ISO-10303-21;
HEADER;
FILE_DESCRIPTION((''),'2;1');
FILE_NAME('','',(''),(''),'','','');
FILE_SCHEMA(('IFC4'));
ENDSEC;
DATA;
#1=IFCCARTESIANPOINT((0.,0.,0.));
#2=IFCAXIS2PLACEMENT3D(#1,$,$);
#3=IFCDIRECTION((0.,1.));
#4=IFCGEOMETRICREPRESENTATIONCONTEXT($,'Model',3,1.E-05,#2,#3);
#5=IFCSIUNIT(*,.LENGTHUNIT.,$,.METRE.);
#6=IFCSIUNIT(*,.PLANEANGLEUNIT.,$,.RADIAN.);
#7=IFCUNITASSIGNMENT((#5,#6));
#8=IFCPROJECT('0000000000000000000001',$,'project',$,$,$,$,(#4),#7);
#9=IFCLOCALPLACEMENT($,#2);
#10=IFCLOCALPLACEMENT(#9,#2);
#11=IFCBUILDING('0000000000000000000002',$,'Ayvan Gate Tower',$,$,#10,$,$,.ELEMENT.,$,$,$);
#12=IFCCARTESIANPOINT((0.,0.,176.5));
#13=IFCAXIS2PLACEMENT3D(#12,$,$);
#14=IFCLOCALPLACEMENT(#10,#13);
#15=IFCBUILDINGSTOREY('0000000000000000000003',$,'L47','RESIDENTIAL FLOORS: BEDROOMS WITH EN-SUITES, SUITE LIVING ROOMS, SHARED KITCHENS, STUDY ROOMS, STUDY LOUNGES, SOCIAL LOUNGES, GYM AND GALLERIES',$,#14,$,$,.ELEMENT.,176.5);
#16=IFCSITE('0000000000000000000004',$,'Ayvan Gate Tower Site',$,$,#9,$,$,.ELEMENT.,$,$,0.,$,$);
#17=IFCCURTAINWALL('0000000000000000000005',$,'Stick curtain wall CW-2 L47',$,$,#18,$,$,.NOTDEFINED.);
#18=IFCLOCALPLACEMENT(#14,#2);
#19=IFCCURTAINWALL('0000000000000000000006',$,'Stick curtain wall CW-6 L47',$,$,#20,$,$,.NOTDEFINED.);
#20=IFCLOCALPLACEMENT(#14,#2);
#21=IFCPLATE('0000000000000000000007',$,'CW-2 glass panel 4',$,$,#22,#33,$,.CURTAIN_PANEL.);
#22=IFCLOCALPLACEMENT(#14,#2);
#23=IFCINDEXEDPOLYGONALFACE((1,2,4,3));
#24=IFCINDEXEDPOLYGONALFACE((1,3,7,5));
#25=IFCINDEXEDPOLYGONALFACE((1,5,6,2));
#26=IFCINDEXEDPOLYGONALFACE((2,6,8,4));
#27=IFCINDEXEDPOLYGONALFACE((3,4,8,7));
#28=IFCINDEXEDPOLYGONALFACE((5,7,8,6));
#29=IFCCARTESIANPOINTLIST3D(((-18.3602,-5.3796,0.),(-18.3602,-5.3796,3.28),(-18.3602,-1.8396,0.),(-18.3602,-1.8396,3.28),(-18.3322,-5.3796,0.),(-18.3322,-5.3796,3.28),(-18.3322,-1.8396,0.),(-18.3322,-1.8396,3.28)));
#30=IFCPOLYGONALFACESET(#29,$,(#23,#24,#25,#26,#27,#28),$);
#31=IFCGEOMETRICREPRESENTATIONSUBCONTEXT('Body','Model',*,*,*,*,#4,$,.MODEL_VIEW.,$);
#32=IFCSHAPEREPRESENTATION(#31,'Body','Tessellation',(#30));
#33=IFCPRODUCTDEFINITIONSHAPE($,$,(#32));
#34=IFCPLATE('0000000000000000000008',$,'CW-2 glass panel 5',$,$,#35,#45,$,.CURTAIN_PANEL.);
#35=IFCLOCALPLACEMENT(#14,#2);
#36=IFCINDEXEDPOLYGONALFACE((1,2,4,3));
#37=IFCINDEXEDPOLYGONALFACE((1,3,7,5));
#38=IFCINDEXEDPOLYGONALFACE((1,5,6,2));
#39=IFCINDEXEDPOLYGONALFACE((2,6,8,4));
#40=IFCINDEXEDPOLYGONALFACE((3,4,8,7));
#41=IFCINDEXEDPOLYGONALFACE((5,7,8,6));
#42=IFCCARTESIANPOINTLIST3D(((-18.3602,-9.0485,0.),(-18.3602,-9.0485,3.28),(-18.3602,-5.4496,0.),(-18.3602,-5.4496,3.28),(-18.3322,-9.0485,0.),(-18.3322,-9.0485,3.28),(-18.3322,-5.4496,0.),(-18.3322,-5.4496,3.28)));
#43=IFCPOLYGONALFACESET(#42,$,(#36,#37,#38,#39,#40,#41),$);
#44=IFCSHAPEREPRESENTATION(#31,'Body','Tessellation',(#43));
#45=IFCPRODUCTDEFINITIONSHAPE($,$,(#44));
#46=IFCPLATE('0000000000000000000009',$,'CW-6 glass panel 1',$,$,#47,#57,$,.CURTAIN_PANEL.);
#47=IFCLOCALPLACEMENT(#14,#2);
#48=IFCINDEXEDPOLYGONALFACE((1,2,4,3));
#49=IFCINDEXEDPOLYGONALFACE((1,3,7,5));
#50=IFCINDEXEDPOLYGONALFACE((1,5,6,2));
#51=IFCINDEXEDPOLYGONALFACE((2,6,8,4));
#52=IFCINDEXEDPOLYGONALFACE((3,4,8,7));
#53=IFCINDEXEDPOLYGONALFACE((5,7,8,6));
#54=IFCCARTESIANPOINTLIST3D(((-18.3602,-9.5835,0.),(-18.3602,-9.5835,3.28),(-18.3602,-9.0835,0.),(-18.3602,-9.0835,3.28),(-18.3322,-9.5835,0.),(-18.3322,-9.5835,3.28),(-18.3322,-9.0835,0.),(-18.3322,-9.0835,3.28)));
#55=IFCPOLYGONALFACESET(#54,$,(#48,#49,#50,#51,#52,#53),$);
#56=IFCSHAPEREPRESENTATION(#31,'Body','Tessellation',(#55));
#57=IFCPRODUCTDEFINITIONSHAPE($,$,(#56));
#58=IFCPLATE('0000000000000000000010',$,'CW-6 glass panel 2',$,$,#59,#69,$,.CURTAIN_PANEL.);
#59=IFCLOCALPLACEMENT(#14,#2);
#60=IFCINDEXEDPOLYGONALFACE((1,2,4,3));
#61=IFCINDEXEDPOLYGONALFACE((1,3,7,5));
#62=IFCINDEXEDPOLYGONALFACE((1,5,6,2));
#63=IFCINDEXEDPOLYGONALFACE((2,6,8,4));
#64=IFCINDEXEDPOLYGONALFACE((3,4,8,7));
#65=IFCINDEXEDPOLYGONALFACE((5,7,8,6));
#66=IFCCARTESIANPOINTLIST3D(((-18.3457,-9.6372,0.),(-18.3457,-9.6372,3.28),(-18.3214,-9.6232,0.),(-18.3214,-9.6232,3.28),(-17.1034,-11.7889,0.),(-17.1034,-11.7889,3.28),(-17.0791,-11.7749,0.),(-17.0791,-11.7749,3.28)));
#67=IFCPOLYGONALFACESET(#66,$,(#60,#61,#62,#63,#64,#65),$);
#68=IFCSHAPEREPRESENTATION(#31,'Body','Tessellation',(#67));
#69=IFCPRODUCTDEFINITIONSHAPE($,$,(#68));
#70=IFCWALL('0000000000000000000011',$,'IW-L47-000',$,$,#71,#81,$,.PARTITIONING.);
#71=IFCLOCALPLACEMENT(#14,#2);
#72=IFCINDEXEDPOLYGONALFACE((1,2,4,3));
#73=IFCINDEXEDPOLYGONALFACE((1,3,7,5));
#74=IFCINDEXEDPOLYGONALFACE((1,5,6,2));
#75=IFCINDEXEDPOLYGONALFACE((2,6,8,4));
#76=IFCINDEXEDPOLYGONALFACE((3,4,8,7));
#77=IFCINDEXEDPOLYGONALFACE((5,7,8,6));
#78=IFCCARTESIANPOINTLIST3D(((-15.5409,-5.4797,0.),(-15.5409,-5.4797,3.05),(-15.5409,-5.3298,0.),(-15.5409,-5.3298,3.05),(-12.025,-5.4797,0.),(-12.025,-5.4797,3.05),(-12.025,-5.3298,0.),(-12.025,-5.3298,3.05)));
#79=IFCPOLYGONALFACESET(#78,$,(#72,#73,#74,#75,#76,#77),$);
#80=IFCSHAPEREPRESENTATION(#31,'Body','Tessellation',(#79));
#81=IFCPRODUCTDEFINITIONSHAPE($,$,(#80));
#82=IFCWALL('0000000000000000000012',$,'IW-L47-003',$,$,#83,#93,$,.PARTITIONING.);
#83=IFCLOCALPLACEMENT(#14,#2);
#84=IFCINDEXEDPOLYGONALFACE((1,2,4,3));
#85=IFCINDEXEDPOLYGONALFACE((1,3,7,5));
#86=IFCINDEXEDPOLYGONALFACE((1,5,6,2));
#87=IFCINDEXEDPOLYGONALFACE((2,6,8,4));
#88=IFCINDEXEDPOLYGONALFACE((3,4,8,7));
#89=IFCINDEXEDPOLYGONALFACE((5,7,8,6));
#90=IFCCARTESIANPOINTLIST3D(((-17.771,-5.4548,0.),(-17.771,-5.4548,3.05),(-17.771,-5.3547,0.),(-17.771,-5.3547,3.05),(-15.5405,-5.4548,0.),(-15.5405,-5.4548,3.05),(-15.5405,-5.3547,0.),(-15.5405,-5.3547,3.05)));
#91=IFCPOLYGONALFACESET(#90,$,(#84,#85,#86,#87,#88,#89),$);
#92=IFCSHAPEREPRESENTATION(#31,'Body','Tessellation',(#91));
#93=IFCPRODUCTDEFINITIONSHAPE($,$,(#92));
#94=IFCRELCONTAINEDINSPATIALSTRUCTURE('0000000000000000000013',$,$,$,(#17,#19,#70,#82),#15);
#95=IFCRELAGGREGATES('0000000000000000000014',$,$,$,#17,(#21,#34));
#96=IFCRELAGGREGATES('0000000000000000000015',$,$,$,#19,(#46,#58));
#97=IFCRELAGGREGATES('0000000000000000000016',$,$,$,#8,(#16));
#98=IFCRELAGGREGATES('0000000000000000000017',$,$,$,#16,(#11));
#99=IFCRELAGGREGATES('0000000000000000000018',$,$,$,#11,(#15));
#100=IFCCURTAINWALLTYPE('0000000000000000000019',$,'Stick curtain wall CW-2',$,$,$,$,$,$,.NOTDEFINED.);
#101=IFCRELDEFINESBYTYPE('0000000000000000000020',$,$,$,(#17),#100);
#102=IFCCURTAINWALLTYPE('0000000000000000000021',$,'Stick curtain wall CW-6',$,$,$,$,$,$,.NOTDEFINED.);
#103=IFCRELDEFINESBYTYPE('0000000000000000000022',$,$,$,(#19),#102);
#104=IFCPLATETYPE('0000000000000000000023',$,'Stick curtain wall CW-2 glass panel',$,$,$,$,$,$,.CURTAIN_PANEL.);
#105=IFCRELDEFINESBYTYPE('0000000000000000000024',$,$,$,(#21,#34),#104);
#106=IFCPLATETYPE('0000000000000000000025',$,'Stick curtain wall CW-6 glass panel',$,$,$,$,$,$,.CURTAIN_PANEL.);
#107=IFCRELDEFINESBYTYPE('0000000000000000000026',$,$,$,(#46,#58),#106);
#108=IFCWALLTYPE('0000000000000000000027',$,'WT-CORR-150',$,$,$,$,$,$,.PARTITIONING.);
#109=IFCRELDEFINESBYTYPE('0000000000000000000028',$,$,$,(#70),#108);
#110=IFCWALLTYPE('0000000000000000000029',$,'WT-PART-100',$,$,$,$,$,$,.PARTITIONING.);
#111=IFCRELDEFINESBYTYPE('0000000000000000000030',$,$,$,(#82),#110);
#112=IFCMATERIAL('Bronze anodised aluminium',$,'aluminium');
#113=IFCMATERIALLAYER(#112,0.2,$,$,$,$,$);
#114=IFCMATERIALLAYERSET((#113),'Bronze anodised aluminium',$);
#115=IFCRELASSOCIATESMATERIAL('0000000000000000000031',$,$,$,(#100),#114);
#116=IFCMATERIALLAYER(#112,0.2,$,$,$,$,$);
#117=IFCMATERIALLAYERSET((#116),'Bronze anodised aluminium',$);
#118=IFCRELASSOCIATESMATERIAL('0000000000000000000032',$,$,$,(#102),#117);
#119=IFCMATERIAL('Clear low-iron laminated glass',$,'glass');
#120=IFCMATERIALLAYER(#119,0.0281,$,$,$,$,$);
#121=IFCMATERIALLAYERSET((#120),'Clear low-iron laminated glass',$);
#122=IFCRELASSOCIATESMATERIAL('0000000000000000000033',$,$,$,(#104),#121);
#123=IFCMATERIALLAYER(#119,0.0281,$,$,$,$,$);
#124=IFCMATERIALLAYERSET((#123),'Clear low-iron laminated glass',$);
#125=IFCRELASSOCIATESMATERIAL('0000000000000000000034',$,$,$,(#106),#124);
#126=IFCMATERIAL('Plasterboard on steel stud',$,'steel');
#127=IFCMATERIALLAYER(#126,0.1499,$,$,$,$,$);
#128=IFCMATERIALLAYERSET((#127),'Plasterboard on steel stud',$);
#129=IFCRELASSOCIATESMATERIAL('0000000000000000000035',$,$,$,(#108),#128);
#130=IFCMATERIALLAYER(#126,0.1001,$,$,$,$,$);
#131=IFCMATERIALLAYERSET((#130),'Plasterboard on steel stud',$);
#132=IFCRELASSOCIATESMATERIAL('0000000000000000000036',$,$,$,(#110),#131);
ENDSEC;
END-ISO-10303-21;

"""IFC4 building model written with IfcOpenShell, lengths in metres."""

from ifc_helpers import new_model, si_unit, direction, frame, frame_2d, origin, origin_2d, place, context, subcontext, project, spatial, rectangle, extrude, material, layer, layer_set, type_object, element, aggregate, save


model = new_model("IFC4")

# Units and contexts
model_context = context("Model", 3, precision=1e-05, world=origin(), true_north=direction((0.0, 1.0)))
body_context = subcontext(model_context, "Body", "Model", "MODEL_VIEW")
ifc_project = project(units=[si_unit("LENGTHUNIT", "METRE"), si_unit("PLANEANGLEUNIT", "RADIAN")], contexts=[model_context])

# Site, building, storey
site_placement = place(None, origin())
site = spatial("IfcSite", under=ifc_project, at=site_placement, Name="Ayvan Gate Tower Site", CompositionType="ELEMENT", RefElevation=0.0)
building_placement = place(site_placement, origin())
building = spatial("IfcBuilding", under=site, at=building_placement, Name="Ayvan Gate Tower", CompositionType="ELEMENT")
storey_placement = place(building_placement, frame((0.0, 0.0, 176.5)))
storey = spatial("IfcBuildingStorey", under=building, at=storey_placement, Name="L47", Description="RESIDENTIAL FLOORS: BEDROOMS WITH EN-SUITES, SUITE LIVING ROOMS, SHARED KITCHENS, STUDY ROOMS, STUDY LOUNGES, SOCIAL LOUNGES, GYM AND GALLERIES", CompositionType="ELEMENT", Elevation=176.5)

# Curtain walls
ifc_material_1 = material(Name="Bronze anodised aluminium", Category="aluminium")
ifc_layer_1 = layer(ifc_material_1, 0.2)
ifc_layer_set_1 = layer_set([ifc_layer_1], Name="Bronze anodised aluminium")
curtain_wall_type_1 = type_object("IfcCurtainWallType", Name="Stick curtain wall CW-2", PredefinedType="NOTDEFINED", material=ifc_layer_set_1)
curtain_wall_1_placement = place(storey_placement, origin())
curtain_wall_1 = element("IfcCurtainWall", 1, at=curtain_wall_1_placement, inside=storey, type_object=curtain_wall_type_1, Name="Stick curtain wall CW-2 L47", PredefinedType="NOTDEFINED")
ifc_layer_2 = layer(ifc_material_1, 0.2)
ifc_layer_set_2 = layer_set([ifc_layer_2], Name="Bronze anodised aluminium")
curtain_wall_type_2 = type_object("IfcCurtainWallType", Name="Stick curtain wall CW-6", PredefinedType="NOTDEFINED", material=ifc_layer_set_2)
curtain_wall_2_placement = place(storey_placement, origin())
curtain_wall_2 = element("IfcCurtainWall", 2, at=curtain_wall_2_placement, inside=storey, type_object=curtain_wall_type_2, Name="Stick curtain wall CW-6 L47", PredefinedType="NOTDEFINED")

# Plates
ifc_material_2 = material(Name="Clear low-iron laminated glass", Category="glass")
ifc_layer_3 = layer(ifc_material_2, 0.0281)
ifc_layer_set_3 = layer_set([ifc_layer_3], Name="Clear low-iron laminated glass")
plate_type_1 = type_object("IfcPlateType", Name="Stick curtain wall CW-2 glass panel", PredefinedType="CURTAIN_PANEL", material=ifc_layer_set_3)
plate_1_placement = place(storey_placement, frame((-18.3462, -3.6096, 0.0), z_axis=(0.0, 0.0, 1.0), x_axis=(0.0, -1.0, 0.0)))
plate_1 = element("IfcPlate", 3, at=plate_1_placement, type_object=plate_type_1, Name="CW-2 glass panel 4", PredefinedType="CURTAIN_PANEL", context=body_context, shape_type="SweptSolid", body=[
    extrude(rectangle(XDim=3.54, YDim=0.0281, at=origin_2d()), origin(), (0.0, 0.0, 1.0), 3.28),
])
plate_2_placement = place(storey_placement, frame((-18.3462, -7.249, 0.0), z_axis=(0.0, 0.0, 1.0), x_axis=(0.0, -1.0, 0.0)))
plate_2 = element("IfcPlate", 4, at=plate_2_placement, type_object=plate_type_1, Name="CW-2 glass panel 5", PredefinedType="CURTAIN_PANEL", context=body_context, shape_type="SweptSolid", body=[
    extrude(rectangle(XDim=3.5989, YDim=0.0281, at=origin_2d()), origin(), (0.0, 0.0, 1.0), 3.28),
])
aggregate(curtain_wall_1, [plate_1, plate_2])
ifc_layer_4 = layer(ifc_material_2, 0.0281)
ifc_layer_set_4 = layer_set([ifc_layer_4], Name="Clear low-iron laminated glass")
plate_type_2 = type_object("IfcPlateType", Name="Stick curtain wall CW-6 glass panel", PredefinedType="CURTAIN_PANEL", material=ifc_layer_set_4)
plate_3_placement = place(storey_placement, frame((-18.3462, -9.3335, 0.0), z_axis=(0.0, 0.0, 1.0), x_axis=(0.0, -1.0, 0.0)))
plate_3 = element("IfcPlate", 5, at=plate_3_placement, type_object=plate_type_2, Name="CW-6 glass panel 1", PredefinedType="CURTAIN_PANEL", context=body_context, shape_type="SweptSolid", body=[
    extrude(rectangle(XDim=0.5, YDim=0.0281, at=origin_2d()), origin(), (0.0, 0.0, 1.0), 3.28),
])
plate_4_placement = place(storey_placement, frame((-17.7124, -10.7061, 0.0), z_axis=(0.0, 0.0, 1.0), x_axis=(0.5, -0.866025, 0.0)))
plate_4 = element("IfcPlate", 6, at=plate_4_placement, type_object=plate_type_2, Name="CW-6 glass panel 2", PredefinedType="CURTAIN_PANEL", context=body_context, shape_type="SweptSolid", body=[
    extrude(rectangle(XDim=2.4846, YDim=0.0281, at=origin_2d()), origin(), (0.0, 0.0, 1.0), 3.28),
])
aggregate(curtain_wall_2, [plate_3, plate_4])

# Walls
ifc_material_3 = material(Name="Plasterboard on steel stud", Category="steel")
ifc_layer_5 = layer(ifc_material_3, 0.1499)
ifc_layer_set_5 = layer_set([ifc_layer_5], Name="Plasterboard on steel stud")
wall_type_1 = type_object("IfcWallType", Name="WT-CORR-150", PredefinedType="PARTITIONING", material=ifc_layer_set_5)
wall_1_placement = place(storey_placement, frame((-15.5408, -5.4048, 0.0), z_axis=(0.0, 0.0, 1.0), x_axis=(1.0, 0.0, 0.0)))
element("IfcWall", 7, at=wall_1_placement, inside=storey, type_object=wall_type_1, Name="IW-L47-000", PredefinedType="PARTITIONING", context=body_context, shape_type="SweptSolid", body=[
    extrude(rectangle(XDim=3.5159, YDim=0.1499, at=frame_2d((1.7578, 0.0))), origin(), (0.0, 0.0, 1.0), 3.05),
])
ifc_layer_6 = layer(ifc_material_3, 0.1001)
ifc_layer_set_6 = layer_set([ifc_layer_6], Name="Plasterboard on steel stud")
wall_type_2 = type_object("IfcWallType", Name="WT-PART-100", PredefinedType="PARTITIONING", material=ifc_layer_set_6)
wall_2_placement = place(storey_placement, frame((-15.5405, -5.4048, 0.0), z_axis=(0.0, 0.0, 1.0), x_axis=(-1.0, 0.0, 0.0)))
element("IfcWall", 8, at=wall_2_placement, inside=storey, type_object=wall_type_2, Name="IW-L47-003", PredefinedType="PARTITIONING", context=body_context, shape_type="SweptSolid", body=[
    extrude(rectangle(XDim=2.2305, YDim=0.1001, at=frame_2d((1.1152, 0.0))), origin(), (0.0, 0.0, 1.0), 3.05),
])

save(model, "model.ifc")
